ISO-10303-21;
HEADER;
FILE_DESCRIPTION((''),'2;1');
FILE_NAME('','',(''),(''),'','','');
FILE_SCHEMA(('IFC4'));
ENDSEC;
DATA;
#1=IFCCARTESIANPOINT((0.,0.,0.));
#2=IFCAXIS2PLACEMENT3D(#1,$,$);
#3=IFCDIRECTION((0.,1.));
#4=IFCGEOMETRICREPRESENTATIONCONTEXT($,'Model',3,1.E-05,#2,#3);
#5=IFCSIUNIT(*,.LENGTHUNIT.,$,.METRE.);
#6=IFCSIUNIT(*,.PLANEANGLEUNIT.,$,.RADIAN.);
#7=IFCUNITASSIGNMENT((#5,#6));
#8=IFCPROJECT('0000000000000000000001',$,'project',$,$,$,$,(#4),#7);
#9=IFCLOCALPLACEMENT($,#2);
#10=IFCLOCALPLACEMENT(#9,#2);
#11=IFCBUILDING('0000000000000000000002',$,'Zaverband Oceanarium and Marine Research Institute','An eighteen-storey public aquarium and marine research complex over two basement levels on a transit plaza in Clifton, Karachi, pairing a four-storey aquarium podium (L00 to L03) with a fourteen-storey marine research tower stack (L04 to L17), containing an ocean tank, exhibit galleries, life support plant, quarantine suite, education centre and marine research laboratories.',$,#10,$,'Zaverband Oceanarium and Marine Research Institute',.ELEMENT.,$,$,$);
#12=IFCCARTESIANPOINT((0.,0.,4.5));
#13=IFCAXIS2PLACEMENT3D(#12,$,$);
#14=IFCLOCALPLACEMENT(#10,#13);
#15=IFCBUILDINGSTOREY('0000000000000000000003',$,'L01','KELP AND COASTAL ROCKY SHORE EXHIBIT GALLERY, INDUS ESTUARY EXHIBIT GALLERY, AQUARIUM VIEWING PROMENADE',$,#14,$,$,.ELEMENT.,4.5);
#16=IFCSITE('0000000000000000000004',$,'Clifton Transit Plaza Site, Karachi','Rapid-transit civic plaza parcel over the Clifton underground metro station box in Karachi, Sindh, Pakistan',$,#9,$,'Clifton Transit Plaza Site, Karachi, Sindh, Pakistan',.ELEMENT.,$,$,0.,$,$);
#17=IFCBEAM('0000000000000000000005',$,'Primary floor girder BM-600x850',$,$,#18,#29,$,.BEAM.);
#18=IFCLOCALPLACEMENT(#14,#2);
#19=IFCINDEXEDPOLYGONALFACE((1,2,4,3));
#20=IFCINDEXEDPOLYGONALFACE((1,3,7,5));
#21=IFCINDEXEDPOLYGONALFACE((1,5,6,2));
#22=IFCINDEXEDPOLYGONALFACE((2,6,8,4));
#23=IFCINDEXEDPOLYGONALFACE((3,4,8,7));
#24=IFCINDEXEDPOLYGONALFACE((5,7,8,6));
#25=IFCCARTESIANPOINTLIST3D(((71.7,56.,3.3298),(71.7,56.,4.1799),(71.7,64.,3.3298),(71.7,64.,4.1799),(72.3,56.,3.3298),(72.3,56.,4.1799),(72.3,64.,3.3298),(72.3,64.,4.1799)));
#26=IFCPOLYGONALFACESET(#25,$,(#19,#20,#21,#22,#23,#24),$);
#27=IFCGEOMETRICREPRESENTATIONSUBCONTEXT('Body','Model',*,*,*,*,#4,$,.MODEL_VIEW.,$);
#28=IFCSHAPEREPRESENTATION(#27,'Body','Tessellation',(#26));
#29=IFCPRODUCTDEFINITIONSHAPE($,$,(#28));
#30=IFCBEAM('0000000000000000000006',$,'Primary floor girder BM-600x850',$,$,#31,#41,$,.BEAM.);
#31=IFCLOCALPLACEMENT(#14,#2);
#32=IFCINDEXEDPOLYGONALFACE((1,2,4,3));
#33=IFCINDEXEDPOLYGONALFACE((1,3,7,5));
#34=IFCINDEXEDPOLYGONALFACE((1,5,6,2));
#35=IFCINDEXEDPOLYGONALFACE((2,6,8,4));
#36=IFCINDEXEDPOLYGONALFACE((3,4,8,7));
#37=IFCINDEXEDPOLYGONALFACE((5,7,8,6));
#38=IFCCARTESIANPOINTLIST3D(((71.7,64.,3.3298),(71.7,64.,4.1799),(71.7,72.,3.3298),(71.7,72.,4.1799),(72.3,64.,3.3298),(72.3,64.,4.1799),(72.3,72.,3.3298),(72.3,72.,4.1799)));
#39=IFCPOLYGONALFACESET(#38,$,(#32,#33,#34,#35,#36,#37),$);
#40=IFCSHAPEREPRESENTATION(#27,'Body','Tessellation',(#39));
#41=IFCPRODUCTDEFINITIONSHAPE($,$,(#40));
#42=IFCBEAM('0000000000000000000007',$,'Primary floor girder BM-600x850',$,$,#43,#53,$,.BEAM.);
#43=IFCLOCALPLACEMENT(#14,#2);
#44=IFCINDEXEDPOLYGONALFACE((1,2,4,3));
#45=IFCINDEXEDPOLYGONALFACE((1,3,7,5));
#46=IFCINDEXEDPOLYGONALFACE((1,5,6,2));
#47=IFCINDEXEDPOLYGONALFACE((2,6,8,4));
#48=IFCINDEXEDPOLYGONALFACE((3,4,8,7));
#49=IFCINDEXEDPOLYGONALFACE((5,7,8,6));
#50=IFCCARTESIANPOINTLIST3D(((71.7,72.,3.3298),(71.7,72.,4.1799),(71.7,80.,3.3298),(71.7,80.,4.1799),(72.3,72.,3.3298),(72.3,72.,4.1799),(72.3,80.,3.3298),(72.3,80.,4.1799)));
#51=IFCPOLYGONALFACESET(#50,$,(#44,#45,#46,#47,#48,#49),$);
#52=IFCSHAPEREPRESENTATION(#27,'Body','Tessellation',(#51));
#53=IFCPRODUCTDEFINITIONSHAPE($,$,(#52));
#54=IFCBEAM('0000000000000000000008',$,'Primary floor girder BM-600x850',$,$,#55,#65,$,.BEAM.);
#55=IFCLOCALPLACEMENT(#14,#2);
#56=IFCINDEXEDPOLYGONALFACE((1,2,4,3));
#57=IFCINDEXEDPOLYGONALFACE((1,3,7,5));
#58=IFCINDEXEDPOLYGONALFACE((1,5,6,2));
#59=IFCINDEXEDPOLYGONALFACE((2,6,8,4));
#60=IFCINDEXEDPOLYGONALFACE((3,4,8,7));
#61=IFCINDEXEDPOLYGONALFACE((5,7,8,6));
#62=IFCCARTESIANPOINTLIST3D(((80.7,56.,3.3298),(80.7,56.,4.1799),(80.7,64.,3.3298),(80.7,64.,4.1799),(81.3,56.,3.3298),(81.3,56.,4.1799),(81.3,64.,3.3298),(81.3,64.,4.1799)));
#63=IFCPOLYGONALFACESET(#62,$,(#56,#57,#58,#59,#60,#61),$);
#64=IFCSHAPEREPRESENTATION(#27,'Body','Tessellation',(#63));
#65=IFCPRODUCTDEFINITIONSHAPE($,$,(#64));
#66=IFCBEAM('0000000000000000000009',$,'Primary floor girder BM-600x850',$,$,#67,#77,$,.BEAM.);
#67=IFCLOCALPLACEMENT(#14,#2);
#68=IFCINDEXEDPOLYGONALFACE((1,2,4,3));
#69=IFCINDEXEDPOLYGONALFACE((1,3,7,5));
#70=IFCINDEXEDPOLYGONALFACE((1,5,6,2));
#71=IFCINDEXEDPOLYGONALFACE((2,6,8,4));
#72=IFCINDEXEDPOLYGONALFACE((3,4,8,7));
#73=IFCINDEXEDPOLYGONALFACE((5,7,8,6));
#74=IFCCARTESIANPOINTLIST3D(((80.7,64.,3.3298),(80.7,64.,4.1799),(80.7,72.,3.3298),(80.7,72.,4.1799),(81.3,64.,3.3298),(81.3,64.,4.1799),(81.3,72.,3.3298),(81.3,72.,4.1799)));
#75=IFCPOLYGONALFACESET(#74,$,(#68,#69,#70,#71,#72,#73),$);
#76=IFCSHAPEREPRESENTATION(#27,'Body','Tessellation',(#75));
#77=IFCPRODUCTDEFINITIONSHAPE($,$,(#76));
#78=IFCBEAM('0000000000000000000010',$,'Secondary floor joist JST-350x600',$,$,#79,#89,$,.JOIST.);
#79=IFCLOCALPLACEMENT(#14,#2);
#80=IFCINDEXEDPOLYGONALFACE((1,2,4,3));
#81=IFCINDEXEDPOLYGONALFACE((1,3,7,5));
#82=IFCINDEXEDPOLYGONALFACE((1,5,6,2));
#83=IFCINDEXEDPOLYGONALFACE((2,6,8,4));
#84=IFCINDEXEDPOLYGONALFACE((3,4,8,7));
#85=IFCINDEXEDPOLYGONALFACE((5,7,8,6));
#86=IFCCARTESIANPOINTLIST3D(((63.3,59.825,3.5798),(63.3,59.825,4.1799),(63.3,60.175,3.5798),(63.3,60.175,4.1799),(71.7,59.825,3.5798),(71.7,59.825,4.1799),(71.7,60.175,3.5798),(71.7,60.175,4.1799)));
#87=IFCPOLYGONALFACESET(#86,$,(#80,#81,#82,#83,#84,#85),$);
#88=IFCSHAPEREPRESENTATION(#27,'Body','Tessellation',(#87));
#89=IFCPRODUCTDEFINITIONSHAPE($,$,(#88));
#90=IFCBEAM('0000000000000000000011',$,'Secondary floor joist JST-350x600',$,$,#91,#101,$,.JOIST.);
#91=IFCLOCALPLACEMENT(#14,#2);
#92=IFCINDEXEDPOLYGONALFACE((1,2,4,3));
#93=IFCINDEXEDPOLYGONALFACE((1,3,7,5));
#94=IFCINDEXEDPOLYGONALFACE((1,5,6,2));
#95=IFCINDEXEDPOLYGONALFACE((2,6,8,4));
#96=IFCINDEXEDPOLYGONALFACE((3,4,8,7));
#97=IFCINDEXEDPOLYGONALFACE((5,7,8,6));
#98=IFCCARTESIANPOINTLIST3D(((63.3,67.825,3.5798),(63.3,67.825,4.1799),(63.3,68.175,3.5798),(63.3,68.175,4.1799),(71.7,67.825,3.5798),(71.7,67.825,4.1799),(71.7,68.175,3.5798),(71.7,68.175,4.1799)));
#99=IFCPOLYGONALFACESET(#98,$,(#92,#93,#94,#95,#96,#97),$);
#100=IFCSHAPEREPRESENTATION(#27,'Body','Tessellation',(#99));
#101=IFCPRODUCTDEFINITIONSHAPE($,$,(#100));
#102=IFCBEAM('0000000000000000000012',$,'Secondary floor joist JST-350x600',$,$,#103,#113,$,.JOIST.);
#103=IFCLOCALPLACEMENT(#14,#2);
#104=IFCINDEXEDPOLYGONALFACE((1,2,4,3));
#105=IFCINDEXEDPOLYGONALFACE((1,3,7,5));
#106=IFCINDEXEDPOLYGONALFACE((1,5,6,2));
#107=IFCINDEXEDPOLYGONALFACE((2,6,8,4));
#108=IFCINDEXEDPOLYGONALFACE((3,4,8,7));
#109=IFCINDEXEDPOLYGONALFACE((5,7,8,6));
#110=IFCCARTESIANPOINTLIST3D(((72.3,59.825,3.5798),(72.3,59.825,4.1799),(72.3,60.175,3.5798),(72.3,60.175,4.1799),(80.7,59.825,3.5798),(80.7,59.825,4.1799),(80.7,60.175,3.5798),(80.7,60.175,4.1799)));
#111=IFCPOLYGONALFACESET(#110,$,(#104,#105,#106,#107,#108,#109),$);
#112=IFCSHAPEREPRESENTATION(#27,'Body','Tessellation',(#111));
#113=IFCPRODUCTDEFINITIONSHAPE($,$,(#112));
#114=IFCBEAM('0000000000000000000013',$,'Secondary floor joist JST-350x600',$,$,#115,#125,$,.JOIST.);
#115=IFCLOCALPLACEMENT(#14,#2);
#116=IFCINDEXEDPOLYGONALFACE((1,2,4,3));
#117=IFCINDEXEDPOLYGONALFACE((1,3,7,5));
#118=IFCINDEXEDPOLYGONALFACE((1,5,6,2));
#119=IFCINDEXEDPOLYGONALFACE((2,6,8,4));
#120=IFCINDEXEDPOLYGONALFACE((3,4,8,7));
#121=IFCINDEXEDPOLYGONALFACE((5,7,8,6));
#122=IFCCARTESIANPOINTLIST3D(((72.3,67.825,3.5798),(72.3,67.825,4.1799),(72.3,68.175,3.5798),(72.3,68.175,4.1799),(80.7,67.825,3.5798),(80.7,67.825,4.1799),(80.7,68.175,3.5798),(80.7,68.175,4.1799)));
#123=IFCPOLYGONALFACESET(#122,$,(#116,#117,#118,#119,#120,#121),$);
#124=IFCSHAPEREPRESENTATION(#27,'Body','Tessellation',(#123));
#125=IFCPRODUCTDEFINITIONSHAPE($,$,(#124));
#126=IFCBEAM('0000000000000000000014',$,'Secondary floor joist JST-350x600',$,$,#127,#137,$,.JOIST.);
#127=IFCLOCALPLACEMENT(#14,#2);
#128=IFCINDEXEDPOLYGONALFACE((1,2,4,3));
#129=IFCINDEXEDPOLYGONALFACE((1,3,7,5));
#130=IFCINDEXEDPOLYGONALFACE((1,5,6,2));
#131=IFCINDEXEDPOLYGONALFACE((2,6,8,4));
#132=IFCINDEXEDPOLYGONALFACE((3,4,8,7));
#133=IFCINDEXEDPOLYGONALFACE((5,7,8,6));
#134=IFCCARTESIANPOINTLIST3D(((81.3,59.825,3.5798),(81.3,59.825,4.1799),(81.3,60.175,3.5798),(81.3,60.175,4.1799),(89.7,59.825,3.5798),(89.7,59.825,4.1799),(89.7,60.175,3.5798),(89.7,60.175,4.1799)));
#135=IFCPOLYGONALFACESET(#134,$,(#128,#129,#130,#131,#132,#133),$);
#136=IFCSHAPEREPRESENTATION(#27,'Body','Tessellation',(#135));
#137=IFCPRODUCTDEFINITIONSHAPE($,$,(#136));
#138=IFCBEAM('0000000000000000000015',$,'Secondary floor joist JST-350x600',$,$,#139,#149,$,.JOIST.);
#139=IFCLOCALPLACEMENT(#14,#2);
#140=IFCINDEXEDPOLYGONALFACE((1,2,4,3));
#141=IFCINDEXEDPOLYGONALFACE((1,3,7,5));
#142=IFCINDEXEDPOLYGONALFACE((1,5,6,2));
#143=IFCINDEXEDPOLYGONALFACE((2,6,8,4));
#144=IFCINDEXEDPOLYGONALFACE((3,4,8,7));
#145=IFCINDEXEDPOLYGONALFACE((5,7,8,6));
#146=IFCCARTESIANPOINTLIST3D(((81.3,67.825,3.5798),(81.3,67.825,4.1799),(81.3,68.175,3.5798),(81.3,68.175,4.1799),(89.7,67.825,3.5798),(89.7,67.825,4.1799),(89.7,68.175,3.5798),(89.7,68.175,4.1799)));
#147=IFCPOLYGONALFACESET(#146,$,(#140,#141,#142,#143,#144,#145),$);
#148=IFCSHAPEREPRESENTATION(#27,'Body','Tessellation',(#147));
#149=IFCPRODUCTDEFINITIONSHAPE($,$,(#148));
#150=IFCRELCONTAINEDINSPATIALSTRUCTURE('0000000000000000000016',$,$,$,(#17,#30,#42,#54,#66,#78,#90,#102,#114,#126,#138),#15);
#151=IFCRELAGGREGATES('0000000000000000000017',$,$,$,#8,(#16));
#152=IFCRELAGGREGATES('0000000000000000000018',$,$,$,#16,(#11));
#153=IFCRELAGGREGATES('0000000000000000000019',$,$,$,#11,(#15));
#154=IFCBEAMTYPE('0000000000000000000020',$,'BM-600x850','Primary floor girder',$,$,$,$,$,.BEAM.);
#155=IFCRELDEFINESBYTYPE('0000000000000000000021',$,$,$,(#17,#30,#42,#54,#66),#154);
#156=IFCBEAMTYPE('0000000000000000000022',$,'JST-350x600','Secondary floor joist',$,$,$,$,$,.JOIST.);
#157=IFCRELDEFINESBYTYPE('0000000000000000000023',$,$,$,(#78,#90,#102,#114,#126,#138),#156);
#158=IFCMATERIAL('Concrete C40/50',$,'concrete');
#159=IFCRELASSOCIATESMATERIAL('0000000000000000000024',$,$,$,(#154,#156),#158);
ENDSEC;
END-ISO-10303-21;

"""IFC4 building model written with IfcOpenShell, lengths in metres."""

from ifc_helpers import new_model, si_unit, direction, frame, origin, origin_2d, place, context, subcontext, project, spatial, rectangle, extrude, material, material_profile, profile_set, type_object, element, save


model = new_model("IFC4")

# Units and contexts
model_context = context("Model", 3, precision=1e-05, world=origin(), true_north=direction((0.0, 1.0)))
body_context = subcontext(model_context, "Body", "Model", "MODEL_VIEW")
ifc_project = project(units=[si_unit("LENGTHUNIT", "METRE"), si_unit("PLANEANGLEUNIT", "RADIAN")], contexts=[model_context])

# Site, building, storey
site_placement = place(None, origin())
site = spatial("IfcSite", under=ifc_project, at=site_placement, Name="Clifton Transit Plaza Site, Karachi", Description="Rapid-transit civic plaza parcel over the Clifton underground metro station box in Karachi, Sindh, Pakistan", LongName="Clifton Transit Plaza Site, Karachi, Sindh, Pakistan", CompositionType="ELEMENT", RefElevation=0.0)
building_placement = place(site_placement, origin())
building = spatial("IfcBuilding", under=site, at=building_placement, Name="Zaverband Oceanarium and Marine Research Institute", Description="An eighteen-storey public aquarium and marine research complex over two basement levels on a transit plaza in Clifton, Karachi, pairing a four-storey aquarium podium (L00 to L03) with a fourteen-storey marine research tower stack (L04 to L17), containing an ocean tank, exhibit galleries, life support plant, quarantine suite, education centre and marine research laboratories.", LongName="Zaverband Oceanarium and Marine Research Institute", CompositionType="ELEMENT")
storey_placement = place(building_placement, frame((0.0, 0.0, 4.5)))
storey = spatial("IfcBuildingStorey", under=building, at=storey_placement, Name="L01", Description="KELP AND COASTAL ROCKY SHORE EXHIBIT GALLERY, INDUS ESTUARY EXHIBIT GALLERY, AQUARIUM VIEWING PROMENADE", CompositionType="ELEMENT", Elevation=4.5)

# Beams
ifc_material_1 = material(Name="Concrete C40/50", Category="concrete")
ifc_material_profile_1 = material_profile(ifc_material_1, rectangle(XDim=0.6001, YDim=0.8501, at=origin_2d()), Name="RC600x850")
ifc_profile_set_1 = profile_set([ifc_material_profile_1], Name="Concrete C40/50")
beam_type_1 = type_object("IfcBeamType", Name="BM-600x850", Description="Primary floor girder", PredefinedType="BEAM", material=ifc_profile_set_1)
for number, where, z_axis, x_axis, name in (
    (1, (72.0, 56.0, 3.7549), (0.0, 1.0, 0.0), (-1.0, 0.0, 0.0), "Primary floor girder BM-600x850"),
    (2, (72.0, 64.0, 3.7549), (0.0, 1.0, 0.0), (-1.0, 0.0, 0.0), "Primary floor girder BM-600x850"),
    (3, (72.0, 72.0, 3.7549), (0.0, 1.0, 0.0), (-1.0, 0.0, 0.0), "Primary floor girder BM-600x850"),
    (4, (81.0, 56.0, 3.7549), (0.0, 1.0, 0.0), (-1.0, 0.0, 0.0), "Primary floor girder BM-600x850"),
    (5, (81.0, 64.0, 3.7549), (0.0, 1.0, 0.0), (-1.0, 0.0, 0.0), "Primary floor girder BM-600x850"),
):
    element("IfcBeam", number, at=place(storey_placement, frame(where, z_axis=z_axis, x_axis=x_axis)), inside=storey, type_object=beam_type_1, Name=name, PredefinedType="BEAM", context=body_context, shape_type="SweptSolid", body=[
        extrude(rectangle(XDim=0.6001, YDim=0.8501, at=origin_2d()), origin(), (0.0, 0.0, 1.0), 8.0),
    ])
ifc_material_profile_2 = material_profile(ifc_material_1, rectangle(XDim=0.3501, YDim=0.6001, at=origin_2d()), Name="RC350x600")
ifc_profile_set_2 = profile_set([ifc_material_profile_2], Name="Concrete C40/50")
beam_type_2 = type_object("IfcBeamType", Name="JST-350x600", Description="Secondary floor joist", PredefinedType="JOIST", material=ifc_profile_set_2)
for number, where, z_axis, x_axis, name in (
    (6, (63.3, 60.0, 3.8799), (1.0, 0.0, 0.0), (0.0, 1.0, 0.0), "Secondary floor joist JST-350x600"),
    (7, (63.3, 68.0, 3.8799), (1.0, 0.0, 0.0), (0.0, 1.0, 0.0), "Secondary floor joist JST-350x600"),
    (8, (72.3, 60.0, 3.8799), (1.0, 0.0, 0.0), (0.0, 1.0, 0.0), "Secondary floor joist JST-350x600"),
    (9, (72.3, 68.0, 3.8799), (1.0, 0.0, 0.0), (0.0, 1.0, 0.0), "Secondary floor joist JST-350x600"),
    (10, (81.3, 60.0, 3.8799), (1.0, 0.0, 0.0), (0.0, 1.0, 0.0), "Secondary floor joist JST-350x600"),
    (11, (81.3, 68.0, 3.8799), (1.0, 0.0, 0.0), (0.0, 1.0, 0.0), "Secondary floor joist JST-350x600"),
):
    element("IfcBeam", number, at=place(storey_placement, frame(where, z_axis=z_axis, x_axis=x_axis)), inside=storey, type_object=beam_type_2, Name=name, PredefinedType="JOIST", context=body_context, shape_type="SweptSolid", body=[
        extrude(rectangle(XDim=0.3501, YDim=0.6001, at=origin_2d()), origin(), (0.0, 0.0, 1.0), 8.3999),
    ])

save(model, "model.ifc")
